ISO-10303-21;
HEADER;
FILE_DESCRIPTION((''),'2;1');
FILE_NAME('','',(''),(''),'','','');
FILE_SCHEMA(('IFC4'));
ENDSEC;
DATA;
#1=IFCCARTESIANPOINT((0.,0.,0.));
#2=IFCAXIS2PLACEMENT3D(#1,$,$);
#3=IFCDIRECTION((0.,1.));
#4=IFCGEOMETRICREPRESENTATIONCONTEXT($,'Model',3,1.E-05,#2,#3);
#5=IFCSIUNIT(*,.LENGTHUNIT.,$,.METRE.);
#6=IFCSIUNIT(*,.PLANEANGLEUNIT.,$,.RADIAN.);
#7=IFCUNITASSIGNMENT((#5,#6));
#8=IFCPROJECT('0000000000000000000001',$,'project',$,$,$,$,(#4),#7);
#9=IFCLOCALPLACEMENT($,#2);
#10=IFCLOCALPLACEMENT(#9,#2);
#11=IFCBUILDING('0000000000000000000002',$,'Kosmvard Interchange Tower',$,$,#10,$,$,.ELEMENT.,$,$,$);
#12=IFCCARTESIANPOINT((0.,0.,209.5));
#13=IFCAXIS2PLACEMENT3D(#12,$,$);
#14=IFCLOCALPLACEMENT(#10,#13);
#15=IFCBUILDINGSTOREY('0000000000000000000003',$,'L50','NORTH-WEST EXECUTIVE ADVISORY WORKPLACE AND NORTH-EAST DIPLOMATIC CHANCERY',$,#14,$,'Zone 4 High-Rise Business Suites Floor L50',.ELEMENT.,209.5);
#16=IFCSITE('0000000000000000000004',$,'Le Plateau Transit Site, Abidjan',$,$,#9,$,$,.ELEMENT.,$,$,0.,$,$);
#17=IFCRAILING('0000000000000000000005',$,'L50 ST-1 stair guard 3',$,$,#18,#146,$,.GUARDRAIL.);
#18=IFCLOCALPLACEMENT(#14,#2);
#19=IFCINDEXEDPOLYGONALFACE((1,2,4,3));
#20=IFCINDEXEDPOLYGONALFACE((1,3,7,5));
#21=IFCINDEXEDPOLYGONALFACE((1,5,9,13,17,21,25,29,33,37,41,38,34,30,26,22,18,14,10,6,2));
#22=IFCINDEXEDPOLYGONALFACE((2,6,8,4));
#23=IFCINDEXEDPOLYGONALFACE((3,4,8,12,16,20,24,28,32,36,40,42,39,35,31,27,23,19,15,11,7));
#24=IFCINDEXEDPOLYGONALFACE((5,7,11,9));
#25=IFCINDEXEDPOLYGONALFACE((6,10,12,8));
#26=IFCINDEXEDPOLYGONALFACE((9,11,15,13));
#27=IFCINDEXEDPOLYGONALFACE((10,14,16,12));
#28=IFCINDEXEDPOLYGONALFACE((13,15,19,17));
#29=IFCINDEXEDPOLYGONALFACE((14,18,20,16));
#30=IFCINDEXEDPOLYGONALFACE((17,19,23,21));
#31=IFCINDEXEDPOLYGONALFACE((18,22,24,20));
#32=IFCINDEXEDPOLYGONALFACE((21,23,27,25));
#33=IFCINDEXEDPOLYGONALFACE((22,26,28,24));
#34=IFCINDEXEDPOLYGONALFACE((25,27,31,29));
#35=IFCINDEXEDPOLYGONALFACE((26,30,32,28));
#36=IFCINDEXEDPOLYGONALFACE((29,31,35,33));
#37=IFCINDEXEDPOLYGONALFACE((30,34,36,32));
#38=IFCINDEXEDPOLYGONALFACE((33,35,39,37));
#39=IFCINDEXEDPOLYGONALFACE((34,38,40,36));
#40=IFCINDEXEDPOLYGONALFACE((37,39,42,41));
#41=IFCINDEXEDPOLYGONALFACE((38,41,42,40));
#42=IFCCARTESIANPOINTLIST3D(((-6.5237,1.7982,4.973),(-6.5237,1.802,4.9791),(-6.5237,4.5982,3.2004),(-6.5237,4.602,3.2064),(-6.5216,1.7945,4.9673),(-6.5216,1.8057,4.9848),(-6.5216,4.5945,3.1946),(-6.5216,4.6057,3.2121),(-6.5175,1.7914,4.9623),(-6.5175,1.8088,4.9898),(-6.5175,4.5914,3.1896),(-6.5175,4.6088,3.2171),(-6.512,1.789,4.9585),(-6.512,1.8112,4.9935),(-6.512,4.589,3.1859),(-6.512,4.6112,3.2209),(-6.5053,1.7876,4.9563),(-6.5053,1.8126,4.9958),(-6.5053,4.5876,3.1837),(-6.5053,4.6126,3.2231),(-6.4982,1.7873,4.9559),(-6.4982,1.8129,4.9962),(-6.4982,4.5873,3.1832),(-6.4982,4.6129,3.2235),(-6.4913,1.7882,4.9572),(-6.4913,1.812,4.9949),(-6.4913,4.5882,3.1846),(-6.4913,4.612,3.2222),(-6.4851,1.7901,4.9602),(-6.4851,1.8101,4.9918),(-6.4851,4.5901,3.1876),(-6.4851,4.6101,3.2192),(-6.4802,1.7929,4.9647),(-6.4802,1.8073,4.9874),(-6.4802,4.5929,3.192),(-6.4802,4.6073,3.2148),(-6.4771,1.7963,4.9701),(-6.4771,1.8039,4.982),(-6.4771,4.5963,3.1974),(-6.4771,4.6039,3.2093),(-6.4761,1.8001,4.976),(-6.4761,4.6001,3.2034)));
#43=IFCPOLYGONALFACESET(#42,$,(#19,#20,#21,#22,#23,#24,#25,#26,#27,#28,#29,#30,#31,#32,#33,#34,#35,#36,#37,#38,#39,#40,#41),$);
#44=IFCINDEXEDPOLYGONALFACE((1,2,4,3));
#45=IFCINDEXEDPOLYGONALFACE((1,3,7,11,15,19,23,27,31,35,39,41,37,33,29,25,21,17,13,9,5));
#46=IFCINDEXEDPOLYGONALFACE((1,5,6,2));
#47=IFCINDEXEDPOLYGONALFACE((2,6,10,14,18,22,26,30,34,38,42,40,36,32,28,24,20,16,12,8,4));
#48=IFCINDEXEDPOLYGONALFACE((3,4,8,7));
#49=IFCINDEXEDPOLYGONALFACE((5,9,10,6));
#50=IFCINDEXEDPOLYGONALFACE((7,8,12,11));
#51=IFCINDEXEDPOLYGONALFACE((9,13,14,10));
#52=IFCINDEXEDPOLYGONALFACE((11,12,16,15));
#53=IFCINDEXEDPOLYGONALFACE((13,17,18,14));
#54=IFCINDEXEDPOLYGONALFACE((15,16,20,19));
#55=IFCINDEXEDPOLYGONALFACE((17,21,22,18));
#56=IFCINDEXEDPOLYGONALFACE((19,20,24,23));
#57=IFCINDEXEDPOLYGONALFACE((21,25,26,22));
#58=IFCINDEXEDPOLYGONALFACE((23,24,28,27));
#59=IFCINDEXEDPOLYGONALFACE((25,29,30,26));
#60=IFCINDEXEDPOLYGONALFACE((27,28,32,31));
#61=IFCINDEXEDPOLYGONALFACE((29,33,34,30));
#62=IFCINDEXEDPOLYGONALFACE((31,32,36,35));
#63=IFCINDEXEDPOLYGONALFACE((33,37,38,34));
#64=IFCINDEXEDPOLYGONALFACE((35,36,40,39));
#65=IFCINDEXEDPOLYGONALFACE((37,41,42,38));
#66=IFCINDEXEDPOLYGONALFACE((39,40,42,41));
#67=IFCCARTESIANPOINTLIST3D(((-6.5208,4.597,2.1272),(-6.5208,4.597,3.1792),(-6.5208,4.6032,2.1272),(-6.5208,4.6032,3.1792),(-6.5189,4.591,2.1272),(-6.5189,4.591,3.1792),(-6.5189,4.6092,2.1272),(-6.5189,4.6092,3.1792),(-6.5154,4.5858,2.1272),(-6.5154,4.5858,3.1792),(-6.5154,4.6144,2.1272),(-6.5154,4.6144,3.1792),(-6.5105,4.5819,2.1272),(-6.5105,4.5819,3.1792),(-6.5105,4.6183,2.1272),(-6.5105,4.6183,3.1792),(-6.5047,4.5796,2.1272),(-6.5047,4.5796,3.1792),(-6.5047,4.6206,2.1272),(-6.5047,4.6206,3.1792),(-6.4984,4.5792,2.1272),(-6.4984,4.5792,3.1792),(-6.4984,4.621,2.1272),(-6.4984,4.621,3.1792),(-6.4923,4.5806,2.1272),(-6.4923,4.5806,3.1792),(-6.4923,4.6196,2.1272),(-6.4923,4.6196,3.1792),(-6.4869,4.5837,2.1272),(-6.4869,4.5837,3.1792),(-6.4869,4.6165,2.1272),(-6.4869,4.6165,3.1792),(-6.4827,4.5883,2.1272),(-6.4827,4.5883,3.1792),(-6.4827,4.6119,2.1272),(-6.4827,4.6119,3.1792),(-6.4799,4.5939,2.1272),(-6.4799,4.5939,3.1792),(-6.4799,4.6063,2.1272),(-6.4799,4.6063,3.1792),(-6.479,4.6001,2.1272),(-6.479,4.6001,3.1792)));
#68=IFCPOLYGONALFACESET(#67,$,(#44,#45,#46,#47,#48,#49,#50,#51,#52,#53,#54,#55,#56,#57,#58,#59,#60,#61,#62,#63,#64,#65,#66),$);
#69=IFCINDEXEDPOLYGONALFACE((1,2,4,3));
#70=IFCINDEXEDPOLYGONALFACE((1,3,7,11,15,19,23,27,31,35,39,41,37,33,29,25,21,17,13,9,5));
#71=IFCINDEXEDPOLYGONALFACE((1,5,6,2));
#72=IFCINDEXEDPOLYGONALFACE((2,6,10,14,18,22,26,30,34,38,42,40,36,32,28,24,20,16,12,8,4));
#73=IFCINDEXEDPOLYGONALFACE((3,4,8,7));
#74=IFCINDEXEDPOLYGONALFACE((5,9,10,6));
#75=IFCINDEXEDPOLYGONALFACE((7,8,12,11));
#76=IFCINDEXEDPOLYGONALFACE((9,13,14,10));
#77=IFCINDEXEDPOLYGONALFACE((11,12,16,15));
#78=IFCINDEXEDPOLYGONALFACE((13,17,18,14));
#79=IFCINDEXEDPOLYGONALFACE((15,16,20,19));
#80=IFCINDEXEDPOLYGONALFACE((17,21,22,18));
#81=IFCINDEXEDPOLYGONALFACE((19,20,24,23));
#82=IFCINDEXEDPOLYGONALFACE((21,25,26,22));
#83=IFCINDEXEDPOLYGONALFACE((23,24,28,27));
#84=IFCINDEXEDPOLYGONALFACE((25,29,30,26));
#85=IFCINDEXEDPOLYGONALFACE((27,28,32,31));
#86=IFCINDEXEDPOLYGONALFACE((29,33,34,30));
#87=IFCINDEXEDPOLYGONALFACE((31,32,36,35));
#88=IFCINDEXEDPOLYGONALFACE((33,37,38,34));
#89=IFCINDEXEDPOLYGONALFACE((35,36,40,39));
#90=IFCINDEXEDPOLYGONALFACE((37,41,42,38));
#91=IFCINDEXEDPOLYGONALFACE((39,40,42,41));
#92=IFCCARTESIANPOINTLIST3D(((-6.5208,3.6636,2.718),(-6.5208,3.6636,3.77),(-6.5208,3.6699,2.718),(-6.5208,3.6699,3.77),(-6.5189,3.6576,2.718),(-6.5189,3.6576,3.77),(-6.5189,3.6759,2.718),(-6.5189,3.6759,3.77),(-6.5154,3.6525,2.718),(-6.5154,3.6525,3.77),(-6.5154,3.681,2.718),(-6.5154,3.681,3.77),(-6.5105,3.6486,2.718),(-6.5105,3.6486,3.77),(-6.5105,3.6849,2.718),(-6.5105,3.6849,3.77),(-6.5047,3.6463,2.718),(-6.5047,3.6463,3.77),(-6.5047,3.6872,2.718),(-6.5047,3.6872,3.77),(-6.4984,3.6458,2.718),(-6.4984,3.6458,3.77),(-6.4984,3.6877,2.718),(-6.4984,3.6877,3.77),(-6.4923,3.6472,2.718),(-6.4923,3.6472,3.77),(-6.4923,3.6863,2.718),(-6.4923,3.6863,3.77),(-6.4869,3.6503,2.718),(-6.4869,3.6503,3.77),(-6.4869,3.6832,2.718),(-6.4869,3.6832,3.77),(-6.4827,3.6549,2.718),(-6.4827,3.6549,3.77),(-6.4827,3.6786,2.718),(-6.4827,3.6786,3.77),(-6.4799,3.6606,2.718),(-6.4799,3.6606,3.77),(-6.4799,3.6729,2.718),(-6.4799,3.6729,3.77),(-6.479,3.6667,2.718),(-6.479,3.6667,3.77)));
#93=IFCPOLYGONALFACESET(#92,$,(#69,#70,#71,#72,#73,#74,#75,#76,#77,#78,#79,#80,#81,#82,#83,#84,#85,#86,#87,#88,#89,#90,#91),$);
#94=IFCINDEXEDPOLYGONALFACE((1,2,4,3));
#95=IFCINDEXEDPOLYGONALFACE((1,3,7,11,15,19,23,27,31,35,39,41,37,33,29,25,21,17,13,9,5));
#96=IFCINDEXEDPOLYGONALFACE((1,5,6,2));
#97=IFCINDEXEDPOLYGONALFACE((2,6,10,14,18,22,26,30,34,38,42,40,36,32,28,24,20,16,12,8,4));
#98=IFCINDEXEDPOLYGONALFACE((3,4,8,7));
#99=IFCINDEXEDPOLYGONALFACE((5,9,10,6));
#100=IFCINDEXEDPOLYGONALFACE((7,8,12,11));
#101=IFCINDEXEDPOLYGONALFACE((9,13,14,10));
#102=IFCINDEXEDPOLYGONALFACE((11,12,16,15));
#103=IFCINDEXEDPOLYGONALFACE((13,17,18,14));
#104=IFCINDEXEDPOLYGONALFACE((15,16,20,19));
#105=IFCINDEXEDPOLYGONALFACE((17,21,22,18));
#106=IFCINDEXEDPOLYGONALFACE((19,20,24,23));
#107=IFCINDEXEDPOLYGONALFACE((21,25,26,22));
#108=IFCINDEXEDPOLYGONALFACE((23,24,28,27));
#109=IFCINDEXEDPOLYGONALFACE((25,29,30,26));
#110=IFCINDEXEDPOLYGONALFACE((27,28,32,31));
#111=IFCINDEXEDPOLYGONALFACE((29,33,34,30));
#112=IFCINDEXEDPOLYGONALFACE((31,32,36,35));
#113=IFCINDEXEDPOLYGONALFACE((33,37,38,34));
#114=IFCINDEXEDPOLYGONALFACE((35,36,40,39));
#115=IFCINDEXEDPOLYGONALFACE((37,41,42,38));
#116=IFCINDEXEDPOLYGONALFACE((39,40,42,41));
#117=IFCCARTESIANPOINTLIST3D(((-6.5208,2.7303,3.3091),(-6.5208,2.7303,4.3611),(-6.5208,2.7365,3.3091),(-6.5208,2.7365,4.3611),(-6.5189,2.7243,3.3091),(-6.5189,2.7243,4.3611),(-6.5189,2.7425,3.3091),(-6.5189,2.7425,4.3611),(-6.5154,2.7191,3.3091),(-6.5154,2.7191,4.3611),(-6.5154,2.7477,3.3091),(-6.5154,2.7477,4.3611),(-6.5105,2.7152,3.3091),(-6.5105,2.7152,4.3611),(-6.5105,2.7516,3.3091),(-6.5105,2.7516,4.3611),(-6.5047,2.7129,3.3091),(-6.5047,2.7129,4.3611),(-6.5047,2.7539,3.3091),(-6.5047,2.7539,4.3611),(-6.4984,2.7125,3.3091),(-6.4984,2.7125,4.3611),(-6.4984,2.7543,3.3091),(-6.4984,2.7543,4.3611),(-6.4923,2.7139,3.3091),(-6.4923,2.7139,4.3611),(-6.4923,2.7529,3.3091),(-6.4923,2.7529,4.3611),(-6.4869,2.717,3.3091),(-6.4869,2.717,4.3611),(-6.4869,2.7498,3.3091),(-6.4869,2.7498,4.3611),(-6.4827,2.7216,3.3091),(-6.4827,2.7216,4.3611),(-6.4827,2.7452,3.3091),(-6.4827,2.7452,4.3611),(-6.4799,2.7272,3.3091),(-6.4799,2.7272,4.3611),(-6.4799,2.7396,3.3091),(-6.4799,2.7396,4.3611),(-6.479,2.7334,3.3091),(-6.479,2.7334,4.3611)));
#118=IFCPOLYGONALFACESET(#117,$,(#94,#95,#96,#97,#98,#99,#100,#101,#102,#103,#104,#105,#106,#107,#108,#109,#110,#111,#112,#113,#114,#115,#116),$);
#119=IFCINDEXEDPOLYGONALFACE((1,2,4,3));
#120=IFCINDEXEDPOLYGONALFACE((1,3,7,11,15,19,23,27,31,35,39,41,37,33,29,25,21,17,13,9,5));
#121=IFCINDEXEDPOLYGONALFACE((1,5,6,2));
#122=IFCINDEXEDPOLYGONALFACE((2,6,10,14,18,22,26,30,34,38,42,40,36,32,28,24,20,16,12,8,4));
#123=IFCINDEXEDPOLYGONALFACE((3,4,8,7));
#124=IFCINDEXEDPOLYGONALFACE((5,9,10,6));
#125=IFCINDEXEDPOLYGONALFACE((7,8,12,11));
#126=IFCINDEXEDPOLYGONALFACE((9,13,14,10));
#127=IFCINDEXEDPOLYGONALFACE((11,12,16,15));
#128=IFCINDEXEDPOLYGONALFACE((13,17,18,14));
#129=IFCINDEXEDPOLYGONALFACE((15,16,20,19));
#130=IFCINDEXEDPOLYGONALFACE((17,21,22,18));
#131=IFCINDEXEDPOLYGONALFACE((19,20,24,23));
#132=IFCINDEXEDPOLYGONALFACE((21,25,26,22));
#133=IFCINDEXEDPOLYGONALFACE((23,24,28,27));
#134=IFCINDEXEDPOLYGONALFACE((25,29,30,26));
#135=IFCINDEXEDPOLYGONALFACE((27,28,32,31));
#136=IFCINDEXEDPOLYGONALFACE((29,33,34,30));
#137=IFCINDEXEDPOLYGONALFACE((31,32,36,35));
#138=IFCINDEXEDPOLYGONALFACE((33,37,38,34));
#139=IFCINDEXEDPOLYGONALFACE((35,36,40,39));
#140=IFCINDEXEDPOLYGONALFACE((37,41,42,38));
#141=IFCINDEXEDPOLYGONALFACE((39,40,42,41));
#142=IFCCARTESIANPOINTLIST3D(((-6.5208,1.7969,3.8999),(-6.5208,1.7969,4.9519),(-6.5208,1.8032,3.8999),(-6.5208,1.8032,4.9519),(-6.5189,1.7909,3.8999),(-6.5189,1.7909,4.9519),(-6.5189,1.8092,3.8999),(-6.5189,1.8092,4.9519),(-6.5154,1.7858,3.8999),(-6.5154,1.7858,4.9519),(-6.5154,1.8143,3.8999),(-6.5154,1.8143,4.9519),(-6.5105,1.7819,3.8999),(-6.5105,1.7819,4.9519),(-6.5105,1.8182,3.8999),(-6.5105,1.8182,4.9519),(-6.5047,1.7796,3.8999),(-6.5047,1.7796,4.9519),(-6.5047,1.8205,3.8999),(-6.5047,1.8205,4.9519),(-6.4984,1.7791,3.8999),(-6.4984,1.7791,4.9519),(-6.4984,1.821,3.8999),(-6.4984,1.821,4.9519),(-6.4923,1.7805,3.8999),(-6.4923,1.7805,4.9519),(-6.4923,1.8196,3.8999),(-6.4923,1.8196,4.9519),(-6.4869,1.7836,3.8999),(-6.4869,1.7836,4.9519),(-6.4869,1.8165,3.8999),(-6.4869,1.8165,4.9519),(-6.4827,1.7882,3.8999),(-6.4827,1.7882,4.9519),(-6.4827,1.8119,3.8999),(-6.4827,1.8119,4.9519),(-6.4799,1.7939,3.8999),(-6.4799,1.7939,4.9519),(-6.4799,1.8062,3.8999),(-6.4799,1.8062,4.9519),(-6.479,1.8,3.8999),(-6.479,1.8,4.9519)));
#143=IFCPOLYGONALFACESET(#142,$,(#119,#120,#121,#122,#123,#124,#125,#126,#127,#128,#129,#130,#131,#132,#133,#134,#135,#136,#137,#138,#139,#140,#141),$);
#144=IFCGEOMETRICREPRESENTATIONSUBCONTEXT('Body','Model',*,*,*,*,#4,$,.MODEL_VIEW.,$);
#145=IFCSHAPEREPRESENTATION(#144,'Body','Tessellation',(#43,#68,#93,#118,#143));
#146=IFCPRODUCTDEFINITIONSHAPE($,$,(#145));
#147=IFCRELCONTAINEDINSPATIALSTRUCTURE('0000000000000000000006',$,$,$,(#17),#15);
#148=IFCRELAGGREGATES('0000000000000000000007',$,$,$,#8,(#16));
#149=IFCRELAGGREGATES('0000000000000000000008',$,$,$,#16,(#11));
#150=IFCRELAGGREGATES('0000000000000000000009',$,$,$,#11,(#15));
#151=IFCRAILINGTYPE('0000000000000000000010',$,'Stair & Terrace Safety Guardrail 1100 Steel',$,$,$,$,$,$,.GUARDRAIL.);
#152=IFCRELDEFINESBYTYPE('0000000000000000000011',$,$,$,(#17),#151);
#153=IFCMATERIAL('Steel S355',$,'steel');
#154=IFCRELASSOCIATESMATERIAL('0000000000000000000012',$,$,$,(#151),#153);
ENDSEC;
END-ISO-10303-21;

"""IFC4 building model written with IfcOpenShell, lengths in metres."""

from ifc_helpers import new_model, si_unit, direction, frame, origin, origin_2d, place, context, subcontext, project, spatial, circle, extrude, source, transform, mapped, material, type_object, element, save


model = new_model("IFC4")

# Units and contexts
model_context = context("Model", 3, precision=1e-05, world=origin(), true_north=direction((0.0, 1.0)))
body_context = subcontext(model_context, "Body", "Model", "MODEL_VIEW")
ifc_project = project(units=[si_unit("LENGTHUNIT", "METRE"), si_unit("PLANEANGLEUNIT", "RADIAN")], contexts=[model_context])

# Site, building, storey
site_placement = place(None, origin())
site = spatial("IfcSite", under=ifc_project, at=site_placement, Name="Le Plateau Transit Site, Abidjan", CompositionType="ELEMENT", RefElevation=0.0)
building_placement = place(site_placement, origin())
building = spatial("IfcBuilding", under=site, at=building_placement, Name="Kosmvard Interchange Tower", CompositionType="ELEMENT")
storey_placement = place(building_placement, frame((0.0, 0.0, 209.5)))
storey = spatial("IfcBuildingStorey", under=building, at=storey_placement, Name="L50", Description="NORTH-WEST EXECUTIVE ADVISORY WORKPLACE AND NORTH-EAST DIPLOMATIC CHANCERY", LongName="Zone 4 High-Rise Business Suites Floor L50", CompositionType="ELEMENT", Elevation=209.5)

# Railing
ifc_material_1 = material(Name="Steel S355", Category="steel")
railing_type_1 = type_object("IfcRailingType", Name="Stair & Terrace Safety Guardrail 1100 Steel", PredefinedType="GUARDRAIL", material=ifc_material_1)
shared_shape_1 = source(origin(), body_context, "Body", "SweptSolid", [
    extrude(circle(Radius=0.0239, at=origin_2d()), frame((0.0, 0.0, 1.0762), z_axis=(0.0, -0.844909, 0.53491), x_axis=(1.0, 0.0, 0.0)), (0.0, 0.0, 1.0), 3.314),
    extrude(circle(Radius=0.021, at=origin_2d()), origin(), (0.0, 0.0, 1.0), 1.052),
    extrude(circle(Radius=0.021, at=origin_2d()), frame((0.0, -0.9333, 0.5908)), (0.0, 0.0, 1.0), 1.052),
    extrude(circle(Radius=0.021, at=origin_2d()), frame((0.0, -1.8667, 1.1819)), (0.0, 0.0, 1.0), 1.052),
    extrude(circle(Radius=0.021, at=origin_2d()), frame((0.0, -2.8, 1.7727)), (0.0, 0.0, 1.0), 1.052),
])
railing_1_placement = place(storey_placement, frame((-6.5, 4.6001, 2.1272)))
element("IfcRailing", 1, at=railing_1_placement, inside=storey, type_object=railing_type_1, Name="L50 ST-1 stair guard 3", PredefinedType="GUARDRAIL", context=body_context, shape_type="MappedRepresentation", body=[
    mapped(shared_shape_1, transform((0.0, 0.0, 0.0), scale=1.0)),
])

save(model, "model.ifc")
